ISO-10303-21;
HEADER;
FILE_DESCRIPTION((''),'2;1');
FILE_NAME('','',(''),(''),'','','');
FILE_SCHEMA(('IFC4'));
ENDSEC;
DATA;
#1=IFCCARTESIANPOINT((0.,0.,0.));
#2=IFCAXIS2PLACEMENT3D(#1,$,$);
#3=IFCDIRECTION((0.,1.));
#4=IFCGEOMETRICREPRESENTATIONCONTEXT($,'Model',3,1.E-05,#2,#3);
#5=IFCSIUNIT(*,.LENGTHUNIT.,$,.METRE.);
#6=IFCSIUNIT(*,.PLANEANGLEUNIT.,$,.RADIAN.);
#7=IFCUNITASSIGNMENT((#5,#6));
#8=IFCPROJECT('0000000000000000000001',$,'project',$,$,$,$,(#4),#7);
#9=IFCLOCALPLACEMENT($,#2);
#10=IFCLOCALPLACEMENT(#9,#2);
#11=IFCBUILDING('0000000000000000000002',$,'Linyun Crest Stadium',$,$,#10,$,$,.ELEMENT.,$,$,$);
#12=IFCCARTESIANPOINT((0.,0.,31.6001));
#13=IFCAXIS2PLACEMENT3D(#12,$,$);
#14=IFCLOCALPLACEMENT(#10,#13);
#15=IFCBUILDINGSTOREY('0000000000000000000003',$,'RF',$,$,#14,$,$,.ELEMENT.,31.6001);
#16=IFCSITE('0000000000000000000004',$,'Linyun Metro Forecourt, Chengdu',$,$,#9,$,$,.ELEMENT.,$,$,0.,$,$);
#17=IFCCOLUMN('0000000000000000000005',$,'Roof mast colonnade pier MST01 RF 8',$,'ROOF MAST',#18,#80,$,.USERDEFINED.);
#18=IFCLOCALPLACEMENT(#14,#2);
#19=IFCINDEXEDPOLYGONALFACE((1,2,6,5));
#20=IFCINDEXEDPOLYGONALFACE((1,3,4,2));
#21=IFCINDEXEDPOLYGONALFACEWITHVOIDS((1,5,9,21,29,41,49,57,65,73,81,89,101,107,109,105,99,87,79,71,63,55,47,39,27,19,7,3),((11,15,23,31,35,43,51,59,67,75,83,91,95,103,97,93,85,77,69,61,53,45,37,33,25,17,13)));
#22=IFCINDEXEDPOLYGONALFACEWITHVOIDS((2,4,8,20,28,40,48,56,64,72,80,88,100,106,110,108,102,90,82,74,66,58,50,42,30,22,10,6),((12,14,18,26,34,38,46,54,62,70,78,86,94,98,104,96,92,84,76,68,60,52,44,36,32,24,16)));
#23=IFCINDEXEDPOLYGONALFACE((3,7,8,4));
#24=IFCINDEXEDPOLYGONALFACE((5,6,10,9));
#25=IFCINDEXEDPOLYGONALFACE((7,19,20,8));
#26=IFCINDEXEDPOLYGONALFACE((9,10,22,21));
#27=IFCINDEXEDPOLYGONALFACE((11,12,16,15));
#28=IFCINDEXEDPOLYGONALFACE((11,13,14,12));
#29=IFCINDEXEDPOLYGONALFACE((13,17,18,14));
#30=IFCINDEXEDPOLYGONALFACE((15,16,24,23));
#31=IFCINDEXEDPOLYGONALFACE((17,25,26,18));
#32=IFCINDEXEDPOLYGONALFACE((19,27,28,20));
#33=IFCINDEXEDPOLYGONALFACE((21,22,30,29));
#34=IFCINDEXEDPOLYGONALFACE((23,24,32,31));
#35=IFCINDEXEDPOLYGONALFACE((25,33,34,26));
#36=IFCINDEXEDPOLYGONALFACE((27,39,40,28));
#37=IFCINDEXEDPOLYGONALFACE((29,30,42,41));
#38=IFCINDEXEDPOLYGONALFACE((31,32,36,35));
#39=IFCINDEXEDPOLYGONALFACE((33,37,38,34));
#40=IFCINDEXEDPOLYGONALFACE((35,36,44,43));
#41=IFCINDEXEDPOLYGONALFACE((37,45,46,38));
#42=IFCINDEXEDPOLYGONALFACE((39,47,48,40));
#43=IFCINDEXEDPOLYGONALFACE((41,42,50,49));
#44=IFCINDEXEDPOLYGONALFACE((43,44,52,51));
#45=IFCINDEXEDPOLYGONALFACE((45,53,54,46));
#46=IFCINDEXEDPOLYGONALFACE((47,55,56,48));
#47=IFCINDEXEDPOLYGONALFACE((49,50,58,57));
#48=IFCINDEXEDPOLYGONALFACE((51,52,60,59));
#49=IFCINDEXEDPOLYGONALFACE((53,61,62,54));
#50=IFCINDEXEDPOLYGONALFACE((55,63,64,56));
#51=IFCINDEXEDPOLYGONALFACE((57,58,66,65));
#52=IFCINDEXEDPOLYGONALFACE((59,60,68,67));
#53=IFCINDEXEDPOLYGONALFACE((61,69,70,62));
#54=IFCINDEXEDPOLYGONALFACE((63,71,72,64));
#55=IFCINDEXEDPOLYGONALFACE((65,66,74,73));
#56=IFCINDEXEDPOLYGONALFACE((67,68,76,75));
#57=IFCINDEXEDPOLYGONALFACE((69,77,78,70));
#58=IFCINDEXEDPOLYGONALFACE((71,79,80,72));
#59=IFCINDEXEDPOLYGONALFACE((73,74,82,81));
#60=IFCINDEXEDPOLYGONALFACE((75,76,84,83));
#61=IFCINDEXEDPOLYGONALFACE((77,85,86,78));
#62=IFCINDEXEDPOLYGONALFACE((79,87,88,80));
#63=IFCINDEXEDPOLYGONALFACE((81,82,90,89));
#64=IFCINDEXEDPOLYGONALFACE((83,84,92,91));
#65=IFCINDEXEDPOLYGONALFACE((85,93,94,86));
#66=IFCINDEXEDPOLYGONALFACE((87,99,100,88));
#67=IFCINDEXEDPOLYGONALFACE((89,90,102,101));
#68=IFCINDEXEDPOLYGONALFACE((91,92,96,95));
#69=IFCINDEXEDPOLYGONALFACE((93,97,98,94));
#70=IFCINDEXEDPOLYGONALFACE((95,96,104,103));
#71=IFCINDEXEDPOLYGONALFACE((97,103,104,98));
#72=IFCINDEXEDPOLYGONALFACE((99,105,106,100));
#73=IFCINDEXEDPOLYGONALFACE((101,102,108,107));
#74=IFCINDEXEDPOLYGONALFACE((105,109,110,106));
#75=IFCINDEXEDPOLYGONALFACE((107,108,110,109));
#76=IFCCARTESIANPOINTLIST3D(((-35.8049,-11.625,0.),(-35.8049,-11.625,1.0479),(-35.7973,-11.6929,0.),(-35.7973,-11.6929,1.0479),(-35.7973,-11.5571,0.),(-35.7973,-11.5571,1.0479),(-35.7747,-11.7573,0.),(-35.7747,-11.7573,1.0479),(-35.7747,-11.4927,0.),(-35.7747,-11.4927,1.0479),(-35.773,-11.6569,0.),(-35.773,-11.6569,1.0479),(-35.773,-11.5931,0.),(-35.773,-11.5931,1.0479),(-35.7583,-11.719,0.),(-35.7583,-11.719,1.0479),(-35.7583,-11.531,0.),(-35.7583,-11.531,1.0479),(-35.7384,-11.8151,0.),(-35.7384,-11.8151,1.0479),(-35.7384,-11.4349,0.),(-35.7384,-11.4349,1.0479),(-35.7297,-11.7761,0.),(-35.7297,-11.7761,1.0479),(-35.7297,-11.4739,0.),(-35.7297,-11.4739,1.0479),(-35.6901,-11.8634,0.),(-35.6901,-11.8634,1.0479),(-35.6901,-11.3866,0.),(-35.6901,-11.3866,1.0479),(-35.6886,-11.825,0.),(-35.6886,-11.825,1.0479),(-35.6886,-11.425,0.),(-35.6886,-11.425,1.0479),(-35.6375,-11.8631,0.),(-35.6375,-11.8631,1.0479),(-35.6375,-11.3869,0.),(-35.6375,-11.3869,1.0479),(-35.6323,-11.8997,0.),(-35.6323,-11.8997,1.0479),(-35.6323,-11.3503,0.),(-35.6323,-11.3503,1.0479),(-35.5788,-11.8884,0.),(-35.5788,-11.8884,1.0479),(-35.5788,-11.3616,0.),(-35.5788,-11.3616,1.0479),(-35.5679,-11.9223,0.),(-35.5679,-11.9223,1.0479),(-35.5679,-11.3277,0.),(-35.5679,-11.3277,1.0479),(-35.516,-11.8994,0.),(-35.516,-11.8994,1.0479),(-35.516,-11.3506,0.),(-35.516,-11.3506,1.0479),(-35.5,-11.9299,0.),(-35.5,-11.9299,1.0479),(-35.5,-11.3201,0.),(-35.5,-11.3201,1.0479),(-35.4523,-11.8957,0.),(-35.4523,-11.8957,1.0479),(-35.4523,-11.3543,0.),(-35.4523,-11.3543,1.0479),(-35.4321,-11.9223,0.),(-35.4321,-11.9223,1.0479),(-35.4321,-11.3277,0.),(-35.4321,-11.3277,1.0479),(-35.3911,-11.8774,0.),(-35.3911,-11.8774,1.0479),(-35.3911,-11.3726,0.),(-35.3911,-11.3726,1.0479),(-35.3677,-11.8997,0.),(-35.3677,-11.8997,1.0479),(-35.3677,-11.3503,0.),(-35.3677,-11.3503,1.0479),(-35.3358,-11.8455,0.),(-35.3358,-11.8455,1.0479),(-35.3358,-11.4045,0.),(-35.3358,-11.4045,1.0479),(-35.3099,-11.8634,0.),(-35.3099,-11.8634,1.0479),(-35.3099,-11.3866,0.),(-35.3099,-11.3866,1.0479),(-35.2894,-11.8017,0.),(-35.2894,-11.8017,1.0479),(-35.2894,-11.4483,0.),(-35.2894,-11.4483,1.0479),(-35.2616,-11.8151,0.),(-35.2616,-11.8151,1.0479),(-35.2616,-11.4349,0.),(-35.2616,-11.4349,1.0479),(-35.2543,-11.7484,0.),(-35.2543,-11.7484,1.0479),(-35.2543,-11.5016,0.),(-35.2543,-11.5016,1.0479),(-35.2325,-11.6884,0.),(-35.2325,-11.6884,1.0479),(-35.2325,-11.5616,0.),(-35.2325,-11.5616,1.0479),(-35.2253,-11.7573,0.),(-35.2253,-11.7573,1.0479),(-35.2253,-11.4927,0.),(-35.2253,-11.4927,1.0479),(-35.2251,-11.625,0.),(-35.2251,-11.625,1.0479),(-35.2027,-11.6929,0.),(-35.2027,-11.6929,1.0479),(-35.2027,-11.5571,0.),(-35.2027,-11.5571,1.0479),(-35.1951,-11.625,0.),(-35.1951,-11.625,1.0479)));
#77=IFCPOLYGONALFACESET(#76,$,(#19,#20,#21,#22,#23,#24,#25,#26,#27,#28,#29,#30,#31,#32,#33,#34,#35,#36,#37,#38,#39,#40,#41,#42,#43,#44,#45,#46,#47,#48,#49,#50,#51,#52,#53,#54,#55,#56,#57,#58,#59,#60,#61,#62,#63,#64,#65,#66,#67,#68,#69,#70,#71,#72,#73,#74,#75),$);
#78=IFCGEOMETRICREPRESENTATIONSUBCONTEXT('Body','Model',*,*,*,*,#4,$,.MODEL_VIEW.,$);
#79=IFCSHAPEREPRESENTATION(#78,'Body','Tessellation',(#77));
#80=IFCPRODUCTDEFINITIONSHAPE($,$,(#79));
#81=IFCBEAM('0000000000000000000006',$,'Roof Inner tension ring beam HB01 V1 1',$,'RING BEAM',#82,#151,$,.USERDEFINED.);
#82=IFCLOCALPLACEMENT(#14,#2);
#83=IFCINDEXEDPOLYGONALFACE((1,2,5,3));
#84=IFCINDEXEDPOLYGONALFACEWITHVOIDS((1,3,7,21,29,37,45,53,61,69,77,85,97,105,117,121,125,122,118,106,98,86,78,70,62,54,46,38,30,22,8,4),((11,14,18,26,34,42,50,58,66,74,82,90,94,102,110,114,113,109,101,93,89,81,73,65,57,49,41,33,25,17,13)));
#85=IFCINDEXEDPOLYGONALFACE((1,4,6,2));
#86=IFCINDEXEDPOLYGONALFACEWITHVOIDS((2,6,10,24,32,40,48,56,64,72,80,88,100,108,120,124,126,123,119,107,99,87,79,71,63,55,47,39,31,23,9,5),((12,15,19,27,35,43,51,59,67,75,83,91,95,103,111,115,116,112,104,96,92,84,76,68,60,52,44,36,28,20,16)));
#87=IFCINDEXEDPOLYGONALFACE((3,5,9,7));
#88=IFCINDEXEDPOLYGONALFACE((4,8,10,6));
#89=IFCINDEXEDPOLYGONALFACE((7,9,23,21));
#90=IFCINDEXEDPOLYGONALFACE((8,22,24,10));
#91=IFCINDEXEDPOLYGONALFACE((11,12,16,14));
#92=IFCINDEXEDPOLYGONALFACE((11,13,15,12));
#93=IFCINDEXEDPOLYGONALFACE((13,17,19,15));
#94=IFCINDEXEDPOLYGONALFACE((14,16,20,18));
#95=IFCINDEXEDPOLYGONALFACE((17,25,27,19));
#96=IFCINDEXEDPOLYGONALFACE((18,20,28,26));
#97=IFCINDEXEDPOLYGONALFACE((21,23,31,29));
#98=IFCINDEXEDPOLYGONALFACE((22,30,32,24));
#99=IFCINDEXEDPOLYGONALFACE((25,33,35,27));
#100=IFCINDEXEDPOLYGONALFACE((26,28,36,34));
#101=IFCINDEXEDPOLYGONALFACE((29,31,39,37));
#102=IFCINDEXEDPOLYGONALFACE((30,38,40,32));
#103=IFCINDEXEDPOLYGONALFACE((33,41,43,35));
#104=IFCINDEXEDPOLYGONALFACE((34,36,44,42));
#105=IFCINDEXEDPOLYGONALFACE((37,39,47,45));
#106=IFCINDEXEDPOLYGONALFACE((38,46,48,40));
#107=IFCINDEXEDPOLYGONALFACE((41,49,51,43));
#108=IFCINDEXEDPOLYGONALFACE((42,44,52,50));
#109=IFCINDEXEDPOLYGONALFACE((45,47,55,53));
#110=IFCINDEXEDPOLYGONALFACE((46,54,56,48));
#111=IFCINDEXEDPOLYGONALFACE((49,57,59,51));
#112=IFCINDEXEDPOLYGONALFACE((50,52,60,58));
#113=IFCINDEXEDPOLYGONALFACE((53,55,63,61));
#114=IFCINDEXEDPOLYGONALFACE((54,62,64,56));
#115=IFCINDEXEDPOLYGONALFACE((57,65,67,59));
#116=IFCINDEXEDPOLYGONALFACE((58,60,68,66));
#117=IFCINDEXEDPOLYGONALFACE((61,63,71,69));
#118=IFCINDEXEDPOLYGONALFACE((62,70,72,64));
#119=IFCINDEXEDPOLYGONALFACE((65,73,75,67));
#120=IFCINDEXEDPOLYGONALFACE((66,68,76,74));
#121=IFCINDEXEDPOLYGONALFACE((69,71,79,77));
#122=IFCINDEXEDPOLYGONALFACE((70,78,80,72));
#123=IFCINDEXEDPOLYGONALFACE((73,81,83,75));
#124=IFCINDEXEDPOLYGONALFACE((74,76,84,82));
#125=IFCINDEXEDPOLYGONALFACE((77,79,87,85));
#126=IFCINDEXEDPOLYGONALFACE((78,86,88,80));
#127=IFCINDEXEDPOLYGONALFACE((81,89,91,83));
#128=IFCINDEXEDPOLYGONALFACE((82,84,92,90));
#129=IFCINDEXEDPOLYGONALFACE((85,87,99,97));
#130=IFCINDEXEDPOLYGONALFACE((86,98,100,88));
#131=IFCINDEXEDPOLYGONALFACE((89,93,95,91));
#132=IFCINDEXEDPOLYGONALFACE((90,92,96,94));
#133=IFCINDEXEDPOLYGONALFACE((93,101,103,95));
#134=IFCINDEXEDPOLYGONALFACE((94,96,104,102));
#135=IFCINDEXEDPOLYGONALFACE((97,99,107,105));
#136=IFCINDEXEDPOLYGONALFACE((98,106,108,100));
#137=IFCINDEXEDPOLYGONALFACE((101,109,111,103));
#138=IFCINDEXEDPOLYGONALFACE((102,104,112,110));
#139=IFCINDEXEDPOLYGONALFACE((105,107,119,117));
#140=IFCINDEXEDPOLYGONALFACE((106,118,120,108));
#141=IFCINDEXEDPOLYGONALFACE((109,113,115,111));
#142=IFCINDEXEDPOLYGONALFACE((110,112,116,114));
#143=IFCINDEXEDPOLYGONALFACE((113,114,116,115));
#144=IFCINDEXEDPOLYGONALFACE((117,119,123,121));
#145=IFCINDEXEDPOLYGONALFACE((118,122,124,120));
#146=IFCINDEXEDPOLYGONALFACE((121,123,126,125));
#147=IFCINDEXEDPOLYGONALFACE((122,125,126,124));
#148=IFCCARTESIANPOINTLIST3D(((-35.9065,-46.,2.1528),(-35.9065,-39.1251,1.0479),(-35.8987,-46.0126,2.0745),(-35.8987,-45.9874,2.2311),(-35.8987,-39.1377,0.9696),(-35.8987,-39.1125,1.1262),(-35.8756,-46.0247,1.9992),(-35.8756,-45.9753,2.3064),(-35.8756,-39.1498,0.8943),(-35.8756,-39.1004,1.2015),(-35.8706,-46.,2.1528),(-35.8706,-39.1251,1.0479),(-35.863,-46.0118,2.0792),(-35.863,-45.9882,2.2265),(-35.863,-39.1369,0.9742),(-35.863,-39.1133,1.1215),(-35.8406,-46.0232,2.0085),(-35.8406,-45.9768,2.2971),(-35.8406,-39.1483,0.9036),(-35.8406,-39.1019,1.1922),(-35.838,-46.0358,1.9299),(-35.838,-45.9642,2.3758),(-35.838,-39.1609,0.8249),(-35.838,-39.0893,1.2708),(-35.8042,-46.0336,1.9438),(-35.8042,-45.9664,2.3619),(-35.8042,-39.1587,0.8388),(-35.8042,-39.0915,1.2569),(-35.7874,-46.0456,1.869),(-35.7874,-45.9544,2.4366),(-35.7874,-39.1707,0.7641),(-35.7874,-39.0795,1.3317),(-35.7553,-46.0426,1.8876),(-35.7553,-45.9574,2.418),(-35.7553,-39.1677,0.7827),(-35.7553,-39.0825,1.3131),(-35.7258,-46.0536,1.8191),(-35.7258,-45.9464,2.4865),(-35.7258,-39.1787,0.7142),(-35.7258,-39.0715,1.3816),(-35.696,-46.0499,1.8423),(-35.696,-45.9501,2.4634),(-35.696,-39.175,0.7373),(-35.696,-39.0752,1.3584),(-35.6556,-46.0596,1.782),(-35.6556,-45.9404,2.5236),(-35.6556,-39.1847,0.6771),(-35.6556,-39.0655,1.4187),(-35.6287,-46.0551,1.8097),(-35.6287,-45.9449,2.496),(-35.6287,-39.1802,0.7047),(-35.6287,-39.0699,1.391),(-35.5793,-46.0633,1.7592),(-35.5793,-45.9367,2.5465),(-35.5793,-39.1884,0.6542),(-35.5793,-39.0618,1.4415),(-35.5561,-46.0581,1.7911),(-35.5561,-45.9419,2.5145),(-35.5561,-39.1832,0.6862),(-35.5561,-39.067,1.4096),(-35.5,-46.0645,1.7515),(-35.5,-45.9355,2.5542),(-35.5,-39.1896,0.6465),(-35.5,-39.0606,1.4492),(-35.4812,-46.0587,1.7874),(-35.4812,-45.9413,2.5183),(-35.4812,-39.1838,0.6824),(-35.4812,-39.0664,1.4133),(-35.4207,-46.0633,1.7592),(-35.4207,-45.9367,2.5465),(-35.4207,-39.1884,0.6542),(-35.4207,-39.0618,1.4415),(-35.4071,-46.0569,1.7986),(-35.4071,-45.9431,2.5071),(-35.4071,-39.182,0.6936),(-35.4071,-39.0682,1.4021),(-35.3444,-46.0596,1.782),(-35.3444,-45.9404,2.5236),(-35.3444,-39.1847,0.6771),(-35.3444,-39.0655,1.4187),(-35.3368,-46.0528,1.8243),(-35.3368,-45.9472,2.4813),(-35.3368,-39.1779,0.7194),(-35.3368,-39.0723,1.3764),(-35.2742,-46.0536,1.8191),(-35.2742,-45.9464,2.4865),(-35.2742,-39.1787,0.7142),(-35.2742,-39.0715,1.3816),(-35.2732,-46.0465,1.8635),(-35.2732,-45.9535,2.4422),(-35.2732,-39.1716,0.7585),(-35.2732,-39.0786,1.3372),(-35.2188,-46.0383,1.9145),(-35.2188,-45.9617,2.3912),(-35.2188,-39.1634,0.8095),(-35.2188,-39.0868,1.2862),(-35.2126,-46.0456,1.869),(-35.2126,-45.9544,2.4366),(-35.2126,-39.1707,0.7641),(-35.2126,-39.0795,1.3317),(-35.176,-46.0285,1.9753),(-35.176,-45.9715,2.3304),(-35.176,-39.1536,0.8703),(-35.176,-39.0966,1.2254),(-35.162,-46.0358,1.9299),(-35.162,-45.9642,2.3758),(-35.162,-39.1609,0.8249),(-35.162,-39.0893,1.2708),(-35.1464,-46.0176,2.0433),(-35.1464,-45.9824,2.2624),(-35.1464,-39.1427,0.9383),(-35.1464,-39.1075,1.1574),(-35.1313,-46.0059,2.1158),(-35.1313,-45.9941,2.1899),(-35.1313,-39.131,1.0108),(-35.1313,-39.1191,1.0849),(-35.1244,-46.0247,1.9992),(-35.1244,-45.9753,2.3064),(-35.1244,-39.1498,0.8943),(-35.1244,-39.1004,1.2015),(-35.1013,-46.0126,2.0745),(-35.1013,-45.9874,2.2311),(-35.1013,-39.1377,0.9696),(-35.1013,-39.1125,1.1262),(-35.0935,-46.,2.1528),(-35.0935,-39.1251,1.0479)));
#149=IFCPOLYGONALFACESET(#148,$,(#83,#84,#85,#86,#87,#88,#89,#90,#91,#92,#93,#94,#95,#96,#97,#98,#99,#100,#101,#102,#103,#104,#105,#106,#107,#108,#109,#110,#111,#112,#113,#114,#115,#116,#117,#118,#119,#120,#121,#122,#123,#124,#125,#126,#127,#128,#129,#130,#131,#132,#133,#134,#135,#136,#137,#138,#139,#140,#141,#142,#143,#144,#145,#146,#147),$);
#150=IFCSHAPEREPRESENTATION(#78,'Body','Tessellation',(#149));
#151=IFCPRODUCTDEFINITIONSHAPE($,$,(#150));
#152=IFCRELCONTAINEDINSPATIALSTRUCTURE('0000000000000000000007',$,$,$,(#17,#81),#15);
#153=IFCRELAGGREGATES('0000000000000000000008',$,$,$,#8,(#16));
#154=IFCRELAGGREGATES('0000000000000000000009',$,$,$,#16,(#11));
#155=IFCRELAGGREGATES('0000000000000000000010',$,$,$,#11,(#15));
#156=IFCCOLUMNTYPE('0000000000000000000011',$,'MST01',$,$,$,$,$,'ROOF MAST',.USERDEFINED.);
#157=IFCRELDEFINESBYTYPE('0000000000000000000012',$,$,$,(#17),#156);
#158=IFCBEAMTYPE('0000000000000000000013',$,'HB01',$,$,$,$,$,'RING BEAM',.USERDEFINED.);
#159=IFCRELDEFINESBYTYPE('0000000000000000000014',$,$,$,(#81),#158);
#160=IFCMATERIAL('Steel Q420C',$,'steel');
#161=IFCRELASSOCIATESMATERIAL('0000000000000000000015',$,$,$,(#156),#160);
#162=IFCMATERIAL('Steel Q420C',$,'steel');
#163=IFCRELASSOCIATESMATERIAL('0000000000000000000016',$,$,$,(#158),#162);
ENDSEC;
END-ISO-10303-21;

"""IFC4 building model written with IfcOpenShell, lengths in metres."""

from ifc_helpers import new_model, si_unit, direction, frame, origin, origin_2d, place, context, subcontext, project, spatial, hollow_circle, extrude, material, material_profile, profile_set, type_object, element, save


model = new_model("IFC4")

# Units and contexts
model_context = context("Model", 3, precision=1e-05, world=origin(), true_north=direction((0.0, 1.0)))
body_context = subcontext(model_context, "Body", "Model", "MODEL_VIEW")
ifc_project = project(units=[si_unit("LENGTHUNIT", "METRE"), si_unit("PLANEANGLEUNIT", "RADIAN")], contexts=[model_context])

# Site, building, storey
site_placement = place(None, origin())
site = spatial("IfcSite", under=ifc_project, at=site_placement, Name="Linyun Metro Forecourt, Chengdu", CompositionType="ELEMENT", RefElevation=0.0)
building_placement = place(site_placement, origin())
building = spatial("IfcBuilding", under=site, at=building_placement, Name="Linyun Crest Stadium", CompositionType="ELEMENT")
storey_placement = place(building_placement, frame((0.0, 0.0, 31.6001)))
storey = spatial("IfcBuildingStorey", under=building, at=storey_placement, Name="RF", CompositionType="ELEMENT", Elevation=31.6001)

# Column
ifc_material_1 = material(Name="Steel Q420C", Category="steel")
ifc_material_profile_1 = material_profile(ifc_material_1, hollow_circle(Radius=0.3049, WallThickness=0.03, at=origin_2d()), Name="CHS 610x30")
ifc_profile_set_1 = profile_set([ifc_material_profile_1], Name="Steel Q420C")
column_type = type_object("IfcColumnType", Name="MST01", ElementType="ROOF MAST", PredefinedType="USERDEFINED", material=ifc_profile_set_1)
column_1_placement = place(storey_placement, frame((-35.5, -11.625, 0.0), z_axis=(0.0, 0.0, 1.0), x_axis=(1.0, 0.0, 0.0)))
element("IfcColumn", 1, at=column_1_placement, inside=storey, type_object=column_type, Name="Roof mast colonnade pier MST01 RF 8", ObjectType="ROOF MAST", PredefinedType="USERDEFINED", context=body_context, shape_type="SweptSolid", body=[
    extrude(hollow_circle(Radius=0.3049, WallThickness=0.03, at=origin_2d()), origin(), (0.0, 0.0, 1.0), 1.0479),
])

# Beam
ifc_material_2 = material(Name="Steel Q420C", Category="steel")
ifc_material_profile_2 = material_profile(ifc_material_2, hollow_circle(Radius=0.4065, WallThickness=0.0359, at=origin_2d()), Name="CHS 813x36")
ifc_profile_set_2 = profile_set([ifc_material_profile_2], Name="Steel Q420C")
beam_type = type_object("IfcBeamType", Name="HB01", ElementType="RING BEAM", PredefinedType="USERDEFINED", material=ifc_profile_set_2)
beam_placement = place(storey_placement, frame((-35.5, -46.0, 2.1528), z_axis=(0.0, 0.987329, -0.158688), x_axis=(-1.0, 0.0, 0.0)))
element("IfcBeam", 2, at=beam_placement, inside=storey, type_object=beam_type, Name="Roof Inner tension ring beam HB01 V1 1", ObjectType="RING BEAM", PredefinedType="USERDEFINED", context=body_context, shape_type="SweptSolid", body=[
    extrude(hollow_circle(Radius=0.4065, WallThickness=0.0359, at=origin_2d()), origin(), (0.0, 0.0, 1.0), 6.9631),
])

save(model, "model.ifc")
